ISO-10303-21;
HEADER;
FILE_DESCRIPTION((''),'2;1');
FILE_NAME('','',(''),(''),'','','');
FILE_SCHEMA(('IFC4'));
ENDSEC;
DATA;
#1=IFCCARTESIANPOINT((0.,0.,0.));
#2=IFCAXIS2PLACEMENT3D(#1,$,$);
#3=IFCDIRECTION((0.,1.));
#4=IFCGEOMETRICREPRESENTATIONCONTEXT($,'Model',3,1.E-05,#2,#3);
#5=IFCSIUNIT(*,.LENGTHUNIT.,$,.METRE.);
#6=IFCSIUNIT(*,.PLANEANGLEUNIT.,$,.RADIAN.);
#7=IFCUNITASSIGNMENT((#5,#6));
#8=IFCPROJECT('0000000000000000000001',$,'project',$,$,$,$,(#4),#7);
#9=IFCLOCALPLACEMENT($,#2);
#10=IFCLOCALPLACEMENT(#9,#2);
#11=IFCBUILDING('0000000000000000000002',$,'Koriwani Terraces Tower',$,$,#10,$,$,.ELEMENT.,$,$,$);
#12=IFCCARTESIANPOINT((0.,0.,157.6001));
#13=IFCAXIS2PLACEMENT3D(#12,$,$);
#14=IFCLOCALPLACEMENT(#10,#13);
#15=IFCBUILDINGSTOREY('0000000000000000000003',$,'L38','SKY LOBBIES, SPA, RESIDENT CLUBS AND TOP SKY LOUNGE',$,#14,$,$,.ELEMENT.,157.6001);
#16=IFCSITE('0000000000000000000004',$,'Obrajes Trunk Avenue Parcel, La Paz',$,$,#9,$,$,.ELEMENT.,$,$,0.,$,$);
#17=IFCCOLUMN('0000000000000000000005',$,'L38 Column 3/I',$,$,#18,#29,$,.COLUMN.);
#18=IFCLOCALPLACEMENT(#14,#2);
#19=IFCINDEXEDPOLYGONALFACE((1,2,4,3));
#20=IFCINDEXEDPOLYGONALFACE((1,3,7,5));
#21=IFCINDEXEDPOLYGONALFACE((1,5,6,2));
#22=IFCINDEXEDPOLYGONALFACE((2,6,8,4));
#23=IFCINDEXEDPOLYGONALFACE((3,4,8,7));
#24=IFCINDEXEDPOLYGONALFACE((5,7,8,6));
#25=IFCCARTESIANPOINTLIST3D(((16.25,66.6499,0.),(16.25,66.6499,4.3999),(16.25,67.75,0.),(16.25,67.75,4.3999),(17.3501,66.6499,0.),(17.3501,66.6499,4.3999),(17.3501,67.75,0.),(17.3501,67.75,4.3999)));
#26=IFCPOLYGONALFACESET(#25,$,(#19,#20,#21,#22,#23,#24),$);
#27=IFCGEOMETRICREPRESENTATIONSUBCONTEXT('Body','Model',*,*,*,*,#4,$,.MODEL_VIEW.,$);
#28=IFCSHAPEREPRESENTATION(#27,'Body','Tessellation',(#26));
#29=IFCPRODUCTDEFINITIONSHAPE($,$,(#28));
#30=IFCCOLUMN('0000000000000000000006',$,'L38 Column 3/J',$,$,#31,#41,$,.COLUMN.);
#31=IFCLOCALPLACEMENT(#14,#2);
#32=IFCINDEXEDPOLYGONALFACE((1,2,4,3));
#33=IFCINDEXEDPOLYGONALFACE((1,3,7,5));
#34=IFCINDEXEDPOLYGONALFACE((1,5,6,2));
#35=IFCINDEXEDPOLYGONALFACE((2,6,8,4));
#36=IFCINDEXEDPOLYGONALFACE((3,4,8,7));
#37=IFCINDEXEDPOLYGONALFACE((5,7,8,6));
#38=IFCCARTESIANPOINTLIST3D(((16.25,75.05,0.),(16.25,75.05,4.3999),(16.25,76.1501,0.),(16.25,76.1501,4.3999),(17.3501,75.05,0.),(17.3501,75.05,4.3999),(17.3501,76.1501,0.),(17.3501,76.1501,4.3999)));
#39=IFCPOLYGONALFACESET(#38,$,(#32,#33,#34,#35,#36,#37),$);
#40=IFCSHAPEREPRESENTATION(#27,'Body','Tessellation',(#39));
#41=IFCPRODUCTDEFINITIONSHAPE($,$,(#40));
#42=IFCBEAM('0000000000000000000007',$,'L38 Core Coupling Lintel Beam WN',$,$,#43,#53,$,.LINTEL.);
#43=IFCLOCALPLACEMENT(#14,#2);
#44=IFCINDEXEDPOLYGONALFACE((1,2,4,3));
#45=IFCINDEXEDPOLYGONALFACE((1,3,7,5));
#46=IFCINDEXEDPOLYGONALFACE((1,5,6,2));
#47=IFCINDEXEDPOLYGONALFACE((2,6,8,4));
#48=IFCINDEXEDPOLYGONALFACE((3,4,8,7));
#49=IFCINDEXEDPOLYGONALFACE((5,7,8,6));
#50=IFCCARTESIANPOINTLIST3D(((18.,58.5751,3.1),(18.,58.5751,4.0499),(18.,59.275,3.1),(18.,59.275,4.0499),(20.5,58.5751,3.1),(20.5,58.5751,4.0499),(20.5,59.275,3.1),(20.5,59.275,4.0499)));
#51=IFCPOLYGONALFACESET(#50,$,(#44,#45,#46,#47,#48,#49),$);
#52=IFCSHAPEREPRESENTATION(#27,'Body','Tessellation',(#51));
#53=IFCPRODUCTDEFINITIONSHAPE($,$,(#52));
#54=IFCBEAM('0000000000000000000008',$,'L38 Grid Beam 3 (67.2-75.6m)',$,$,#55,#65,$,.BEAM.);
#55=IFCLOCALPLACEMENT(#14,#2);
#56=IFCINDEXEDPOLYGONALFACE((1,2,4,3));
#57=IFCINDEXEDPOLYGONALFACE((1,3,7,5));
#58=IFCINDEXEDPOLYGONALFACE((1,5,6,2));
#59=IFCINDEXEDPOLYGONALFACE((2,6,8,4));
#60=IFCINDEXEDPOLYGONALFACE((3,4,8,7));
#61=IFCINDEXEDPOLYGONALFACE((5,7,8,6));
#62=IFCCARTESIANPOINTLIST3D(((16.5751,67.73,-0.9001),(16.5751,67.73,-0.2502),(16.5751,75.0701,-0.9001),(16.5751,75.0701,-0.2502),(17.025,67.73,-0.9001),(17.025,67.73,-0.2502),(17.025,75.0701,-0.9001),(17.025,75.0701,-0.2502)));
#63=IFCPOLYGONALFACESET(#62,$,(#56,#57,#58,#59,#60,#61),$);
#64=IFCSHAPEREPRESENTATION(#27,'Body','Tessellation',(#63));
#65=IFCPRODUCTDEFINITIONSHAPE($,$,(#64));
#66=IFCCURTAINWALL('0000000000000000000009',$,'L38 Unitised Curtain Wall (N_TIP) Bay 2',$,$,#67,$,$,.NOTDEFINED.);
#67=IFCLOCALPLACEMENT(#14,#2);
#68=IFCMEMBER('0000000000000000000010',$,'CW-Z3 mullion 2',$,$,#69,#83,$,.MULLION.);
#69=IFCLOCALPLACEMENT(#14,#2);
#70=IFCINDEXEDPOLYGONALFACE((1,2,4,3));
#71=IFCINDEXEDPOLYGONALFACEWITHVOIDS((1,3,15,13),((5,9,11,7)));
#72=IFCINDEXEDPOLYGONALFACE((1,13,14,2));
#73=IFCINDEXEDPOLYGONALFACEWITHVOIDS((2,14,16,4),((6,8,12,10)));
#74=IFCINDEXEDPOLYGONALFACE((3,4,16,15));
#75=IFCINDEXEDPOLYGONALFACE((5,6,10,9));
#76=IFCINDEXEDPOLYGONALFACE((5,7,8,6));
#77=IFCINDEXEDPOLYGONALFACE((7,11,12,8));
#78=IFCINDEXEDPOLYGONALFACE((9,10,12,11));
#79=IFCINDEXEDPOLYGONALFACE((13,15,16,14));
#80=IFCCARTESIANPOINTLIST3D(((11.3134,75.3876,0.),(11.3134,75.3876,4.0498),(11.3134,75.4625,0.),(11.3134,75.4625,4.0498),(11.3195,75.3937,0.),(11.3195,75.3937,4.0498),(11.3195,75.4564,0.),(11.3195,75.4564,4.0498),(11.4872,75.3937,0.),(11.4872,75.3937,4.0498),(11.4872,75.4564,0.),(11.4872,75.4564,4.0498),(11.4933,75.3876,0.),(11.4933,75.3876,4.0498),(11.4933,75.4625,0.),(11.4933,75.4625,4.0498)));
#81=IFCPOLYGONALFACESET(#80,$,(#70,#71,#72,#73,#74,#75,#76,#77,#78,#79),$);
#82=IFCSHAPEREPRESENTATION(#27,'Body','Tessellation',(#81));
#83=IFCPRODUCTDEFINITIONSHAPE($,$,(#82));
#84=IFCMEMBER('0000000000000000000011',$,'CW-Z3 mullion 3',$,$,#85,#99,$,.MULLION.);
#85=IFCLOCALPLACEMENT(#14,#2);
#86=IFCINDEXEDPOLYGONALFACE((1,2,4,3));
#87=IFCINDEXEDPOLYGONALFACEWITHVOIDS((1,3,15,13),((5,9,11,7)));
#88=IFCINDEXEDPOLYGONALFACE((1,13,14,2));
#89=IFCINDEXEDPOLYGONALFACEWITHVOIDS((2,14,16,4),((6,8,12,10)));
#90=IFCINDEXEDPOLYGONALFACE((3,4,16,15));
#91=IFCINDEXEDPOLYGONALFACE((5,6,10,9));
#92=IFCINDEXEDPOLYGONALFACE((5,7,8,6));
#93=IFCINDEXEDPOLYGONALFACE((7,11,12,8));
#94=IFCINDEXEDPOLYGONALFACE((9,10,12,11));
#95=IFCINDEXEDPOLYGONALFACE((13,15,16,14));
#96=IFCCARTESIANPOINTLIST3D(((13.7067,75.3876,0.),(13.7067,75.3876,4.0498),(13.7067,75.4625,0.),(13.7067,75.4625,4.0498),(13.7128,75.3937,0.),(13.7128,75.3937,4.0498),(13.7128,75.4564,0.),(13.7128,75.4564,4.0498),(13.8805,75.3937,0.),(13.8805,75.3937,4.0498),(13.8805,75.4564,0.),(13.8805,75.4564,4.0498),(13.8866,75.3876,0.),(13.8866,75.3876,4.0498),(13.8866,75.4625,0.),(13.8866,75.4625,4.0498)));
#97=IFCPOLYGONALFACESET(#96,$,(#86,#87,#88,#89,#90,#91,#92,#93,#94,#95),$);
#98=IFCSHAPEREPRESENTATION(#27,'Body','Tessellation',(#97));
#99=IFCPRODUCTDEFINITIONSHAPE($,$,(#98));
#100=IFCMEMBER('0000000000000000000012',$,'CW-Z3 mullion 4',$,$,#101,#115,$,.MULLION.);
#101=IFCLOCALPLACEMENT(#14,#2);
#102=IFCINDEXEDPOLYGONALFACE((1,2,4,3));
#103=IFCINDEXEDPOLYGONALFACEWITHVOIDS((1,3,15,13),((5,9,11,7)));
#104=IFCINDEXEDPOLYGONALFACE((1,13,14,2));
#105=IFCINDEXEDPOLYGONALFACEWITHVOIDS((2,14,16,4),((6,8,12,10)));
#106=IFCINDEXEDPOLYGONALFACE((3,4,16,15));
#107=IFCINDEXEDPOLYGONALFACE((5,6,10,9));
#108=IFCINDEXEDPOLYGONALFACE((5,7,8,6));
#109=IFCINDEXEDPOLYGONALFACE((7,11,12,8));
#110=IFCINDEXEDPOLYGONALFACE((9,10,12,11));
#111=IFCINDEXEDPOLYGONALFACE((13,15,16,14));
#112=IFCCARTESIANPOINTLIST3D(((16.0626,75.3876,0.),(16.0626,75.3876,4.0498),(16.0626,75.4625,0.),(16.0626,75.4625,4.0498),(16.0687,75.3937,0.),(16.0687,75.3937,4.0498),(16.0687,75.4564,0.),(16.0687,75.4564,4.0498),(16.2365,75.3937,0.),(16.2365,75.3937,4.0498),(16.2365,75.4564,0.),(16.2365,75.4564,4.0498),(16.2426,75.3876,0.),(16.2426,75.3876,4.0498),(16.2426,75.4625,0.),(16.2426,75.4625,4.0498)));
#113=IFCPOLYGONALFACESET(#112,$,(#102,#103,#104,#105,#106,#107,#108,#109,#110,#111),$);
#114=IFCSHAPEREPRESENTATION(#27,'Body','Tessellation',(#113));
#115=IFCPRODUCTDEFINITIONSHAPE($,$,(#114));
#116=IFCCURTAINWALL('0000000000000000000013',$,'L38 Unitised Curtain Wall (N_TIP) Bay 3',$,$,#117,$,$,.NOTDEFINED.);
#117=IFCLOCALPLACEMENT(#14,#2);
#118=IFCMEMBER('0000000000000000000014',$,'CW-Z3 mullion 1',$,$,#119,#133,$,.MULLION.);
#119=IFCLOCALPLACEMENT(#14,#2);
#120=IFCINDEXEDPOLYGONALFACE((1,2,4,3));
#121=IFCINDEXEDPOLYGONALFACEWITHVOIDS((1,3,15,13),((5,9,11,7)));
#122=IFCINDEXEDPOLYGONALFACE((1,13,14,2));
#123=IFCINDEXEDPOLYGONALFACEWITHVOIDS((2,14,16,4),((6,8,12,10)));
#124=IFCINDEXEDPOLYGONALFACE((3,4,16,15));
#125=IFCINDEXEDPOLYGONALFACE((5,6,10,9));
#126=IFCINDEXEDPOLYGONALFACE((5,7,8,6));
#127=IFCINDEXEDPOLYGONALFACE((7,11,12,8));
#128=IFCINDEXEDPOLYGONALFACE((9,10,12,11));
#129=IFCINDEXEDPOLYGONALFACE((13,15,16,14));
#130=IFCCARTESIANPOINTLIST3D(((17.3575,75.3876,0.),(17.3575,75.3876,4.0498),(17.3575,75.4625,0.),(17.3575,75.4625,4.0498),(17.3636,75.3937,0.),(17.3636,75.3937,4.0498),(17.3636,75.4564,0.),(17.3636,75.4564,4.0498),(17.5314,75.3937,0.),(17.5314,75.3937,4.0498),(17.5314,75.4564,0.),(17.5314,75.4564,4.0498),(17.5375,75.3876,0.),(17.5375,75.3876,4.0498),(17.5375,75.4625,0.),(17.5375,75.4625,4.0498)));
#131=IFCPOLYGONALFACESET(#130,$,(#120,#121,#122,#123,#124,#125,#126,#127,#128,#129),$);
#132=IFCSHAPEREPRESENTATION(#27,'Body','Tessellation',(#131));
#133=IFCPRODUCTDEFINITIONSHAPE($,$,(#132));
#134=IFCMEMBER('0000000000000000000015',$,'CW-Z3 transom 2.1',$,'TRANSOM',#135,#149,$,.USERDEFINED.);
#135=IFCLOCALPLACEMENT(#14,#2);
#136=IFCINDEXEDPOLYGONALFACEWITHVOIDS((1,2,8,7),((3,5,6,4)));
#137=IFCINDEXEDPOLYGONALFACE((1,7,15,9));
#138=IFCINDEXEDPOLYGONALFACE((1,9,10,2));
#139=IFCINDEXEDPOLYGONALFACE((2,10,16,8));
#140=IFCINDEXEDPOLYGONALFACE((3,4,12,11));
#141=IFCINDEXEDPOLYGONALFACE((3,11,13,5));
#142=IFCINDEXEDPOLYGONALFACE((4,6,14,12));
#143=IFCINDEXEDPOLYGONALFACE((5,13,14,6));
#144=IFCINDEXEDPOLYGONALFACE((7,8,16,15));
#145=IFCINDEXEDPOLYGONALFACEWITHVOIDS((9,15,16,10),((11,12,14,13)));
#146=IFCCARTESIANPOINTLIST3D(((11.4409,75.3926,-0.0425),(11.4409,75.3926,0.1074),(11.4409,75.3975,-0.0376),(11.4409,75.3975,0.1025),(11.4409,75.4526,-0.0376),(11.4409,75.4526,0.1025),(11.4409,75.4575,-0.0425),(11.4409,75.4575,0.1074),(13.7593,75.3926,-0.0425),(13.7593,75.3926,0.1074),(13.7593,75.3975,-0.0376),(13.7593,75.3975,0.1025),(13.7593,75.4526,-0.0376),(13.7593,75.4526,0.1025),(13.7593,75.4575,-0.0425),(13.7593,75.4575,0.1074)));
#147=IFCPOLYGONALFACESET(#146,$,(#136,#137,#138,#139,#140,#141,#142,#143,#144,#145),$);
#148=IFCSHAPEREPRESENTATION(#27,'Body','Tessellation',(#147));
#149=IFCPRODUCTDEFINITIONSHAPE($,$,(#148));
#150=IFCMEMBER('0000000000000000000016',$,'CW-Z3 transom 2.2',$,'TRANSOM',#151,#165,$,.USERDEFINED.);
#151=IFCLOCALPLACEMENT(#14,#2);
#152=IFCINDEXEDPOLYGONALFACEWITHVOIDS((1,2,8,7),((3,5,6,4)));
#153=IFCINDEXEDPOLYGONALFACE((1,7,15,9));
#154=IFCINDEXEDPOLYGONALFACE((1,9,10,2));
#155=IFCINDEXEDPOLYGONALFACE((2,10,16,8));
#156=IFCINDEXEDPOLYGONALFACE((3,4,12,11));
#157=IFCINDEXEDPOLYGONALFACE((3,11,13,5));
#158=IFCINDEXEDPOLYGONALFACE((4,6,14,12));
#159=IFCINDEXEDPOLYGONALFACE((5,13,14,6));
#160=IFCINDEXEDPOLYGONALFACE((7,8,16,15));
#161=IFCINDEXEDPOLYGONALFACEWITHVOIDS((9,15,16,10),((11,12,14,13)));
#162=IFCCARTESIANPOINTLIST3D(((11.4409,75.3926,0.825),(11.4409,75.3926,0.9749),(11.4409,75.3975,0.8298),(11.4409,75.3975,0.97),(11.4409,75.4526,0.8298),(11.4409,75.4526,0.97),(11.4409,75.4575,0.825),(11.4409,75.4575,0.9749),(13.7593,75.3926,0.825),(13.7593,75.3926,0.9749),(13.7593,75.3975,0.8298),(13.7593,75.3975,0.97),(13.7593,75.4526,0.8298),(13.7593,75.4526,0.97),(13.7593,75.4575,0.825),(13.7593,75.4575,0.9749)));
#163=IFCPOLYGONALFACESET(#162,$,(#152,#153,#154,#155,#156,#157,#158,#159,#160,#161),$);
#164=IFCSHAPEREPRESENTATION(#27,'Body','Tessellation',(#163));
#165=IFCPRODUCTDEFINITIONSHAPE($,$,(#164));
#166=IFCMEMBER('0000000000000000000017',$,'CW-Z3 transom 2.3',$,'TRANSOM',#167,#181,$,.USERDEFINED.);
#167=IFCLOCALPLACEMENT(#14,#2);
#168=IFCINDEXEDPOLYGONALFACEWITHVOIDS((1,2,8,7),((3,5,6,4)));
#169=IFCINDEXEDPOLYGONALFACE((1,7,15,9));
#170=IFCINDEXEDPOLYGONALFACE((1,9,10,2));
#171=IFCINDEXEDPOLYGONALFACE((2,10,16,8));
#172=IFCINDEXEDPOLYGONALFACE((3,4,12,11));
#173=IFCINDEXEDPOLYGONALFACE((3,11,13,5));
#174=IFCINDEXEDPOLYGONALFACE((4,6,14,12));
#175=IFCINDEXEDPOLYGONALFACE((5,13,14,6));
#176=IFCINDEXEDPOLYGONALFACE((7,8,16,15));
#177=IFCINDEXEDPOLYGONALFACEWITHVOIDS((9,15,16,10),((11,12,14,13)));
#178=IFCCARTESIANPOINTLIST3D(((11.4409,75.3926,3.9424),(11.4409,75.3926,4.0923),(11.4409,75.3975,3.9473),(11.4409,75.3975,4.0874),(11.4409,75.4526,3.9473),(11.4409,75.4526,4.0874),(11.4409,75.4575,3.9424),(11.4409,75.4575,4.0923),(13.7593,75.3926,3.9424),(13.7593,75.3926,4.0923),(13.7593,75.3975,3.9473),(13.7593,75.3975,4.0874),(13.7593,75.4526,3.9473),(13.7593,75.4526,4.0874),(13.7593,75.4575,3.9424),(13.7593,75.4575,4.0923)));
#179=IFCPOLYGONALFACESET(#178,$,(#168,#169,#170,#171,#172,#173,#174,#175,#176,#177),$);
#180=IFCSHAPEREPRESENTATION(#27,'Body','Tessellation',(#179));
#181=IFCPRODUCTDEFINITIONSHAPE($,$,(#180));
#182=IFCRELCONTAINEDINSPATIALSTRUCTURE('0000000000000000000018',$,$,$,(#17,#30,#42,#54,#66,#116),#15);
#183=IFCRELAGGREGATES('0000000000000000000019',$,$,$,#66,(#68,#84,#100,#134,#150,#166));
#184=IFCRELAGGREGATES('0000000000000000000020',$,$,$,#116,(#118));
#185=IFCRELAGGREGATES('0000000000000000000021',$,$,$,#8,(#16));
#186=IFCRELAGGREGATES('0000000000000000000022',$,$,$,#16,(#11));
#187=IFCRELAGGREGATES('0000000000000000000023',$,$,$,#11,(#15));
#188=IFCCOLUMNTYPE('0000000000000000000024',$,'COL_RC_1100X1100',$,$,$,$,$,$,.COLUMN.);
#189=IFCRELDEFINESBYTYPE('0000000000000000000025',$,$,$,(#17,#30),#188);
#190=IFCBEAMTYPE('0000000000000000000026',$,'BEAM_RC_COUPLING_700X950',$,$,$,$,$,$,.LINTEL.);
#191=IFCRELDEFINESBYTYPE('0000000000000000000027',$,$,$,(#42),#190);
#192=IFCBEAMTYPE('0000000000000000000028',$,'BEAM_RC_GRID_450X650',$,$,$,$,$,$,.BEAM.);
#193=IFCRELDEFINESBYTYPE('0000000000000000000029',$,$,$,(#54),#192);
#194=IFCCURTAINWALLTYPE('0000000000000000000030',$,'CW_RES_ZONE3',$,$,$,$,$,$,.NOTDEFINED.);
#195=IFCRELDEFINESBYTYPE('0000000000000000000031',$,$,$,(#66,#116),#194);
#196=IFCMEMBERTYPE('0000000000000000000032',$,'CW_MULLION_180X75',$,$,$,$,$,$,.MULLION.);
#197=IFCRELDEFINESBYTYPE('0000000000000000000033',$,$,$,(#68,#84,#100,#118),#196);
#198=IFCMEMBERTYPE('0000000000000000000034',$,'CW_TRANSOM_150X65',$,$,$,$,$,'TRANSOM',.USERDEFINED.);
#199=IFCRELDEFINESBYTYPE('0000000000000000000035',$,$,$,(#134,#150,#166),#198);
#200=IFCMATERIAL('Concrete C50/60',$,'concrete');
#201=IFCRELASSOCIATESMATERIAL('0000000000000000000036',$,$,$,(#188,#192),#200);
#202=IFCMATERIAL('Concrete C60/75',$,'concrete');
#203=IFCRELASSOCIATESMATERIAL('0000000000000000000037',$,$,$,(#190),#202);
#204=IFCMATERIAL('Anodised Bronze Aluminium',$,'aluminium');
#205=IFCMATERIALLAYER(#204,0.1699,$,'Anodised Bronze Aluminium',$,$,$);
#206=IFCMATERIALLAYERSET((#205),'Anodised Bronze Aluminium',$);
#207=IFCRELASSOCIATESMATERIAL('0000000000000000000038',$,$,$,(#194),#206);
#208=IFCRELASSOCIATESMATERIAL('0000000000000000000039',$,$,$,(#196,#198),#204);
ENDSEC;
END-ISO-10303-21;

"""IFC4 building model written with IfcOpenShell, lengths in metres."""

from ifc_helpers import new_model, si_unit, direction, frame, origin, origin_2d, place, context, subcontext, project, spatial, rectangle, hollow_rectangle, extrude, material, layer, layer_set, material_profile, profile_set, type_object, element, aggregate, save


model = new_model("IFC4")

# Units and contexts
model_context = context("Model", 3, precision=1e-05, world=origin(), true_north=direction((0.0, 1.0)))
body_context = subcontext(model_context, "Body", "Model", "MODEL_VIEW")
ifc_project = project(units=[si_unit("LENGTHUNIT", "METRE"), si_unit("PLANEANGLEUNIT", "RADIAN")], contexts=[model_context])

# Site, building, storey
site_placement = place(None, origin())
site = spatial("IfcSite", under=ifc_project, at=site_placement, Name="Obrajes Trunk Avenue Parcel, La Paz", CompositionType="ELEMENT", RefElevation=0.0)
building_placement = place(site_placement, origin())
building = spatial("IfcBuilding", under=site, at=building_placement, Name="Koriwani Terraces Tower", CompositionType="ELEMENT")
storey_placement = place(building_placement, frame((0.0, 0.0, 157.6001)))
storey = spatial("IfcBuildingStorey", under=building, at=storey_placement, Name="L38", Description="SKY LOBBIES, SPA, RESIDENT CLUBS AND TOP SKY LOUNGE", CompositionType="ELEMENT", Elevation=157.6001)

# Columns
ifc_material_1 = material(Name="Concrete C50/60", Category="concrete")
ifc_material_profile_1 = material_profile(ifc_material_1, rectangle(XDim=1.1001, YDim=1.1001, at=origin_2d()), Name="Concrete C50/60", Category="LoadBearing")
ifc_profile_set_1 = profile_set([ifc_material_profile_1], Name="Concrete C50/60")
column_type = type_object("IfcColumnType", Name="COL_RC_1100X1100", PredefinedType="COLUMN", material=ifc_profile_set_1)
for number, where, z_axis, x_axis, name in (
    (1, (16.8, 67.2, 0.0), (0.0, 0.0, 1.0), (1.0, 0.0, 0.0), "L38 Column 3/I"),
    (2, (16.8, 75.6001, 0.0), (0.0, 0.0, 1.0), (1.0, 0.0, 0.0), "L38 Column 3/J"),
):
    element("IfcColumn", number, at=place(storey_placement, frame(where, z_axis=z_axis, x_axis=x_axis)), inside=storey, type_object=column_type, Name=name, PredefinedType="COLUMN", context=body_context, shape_type="SweptSolid", body=[
        extrude(rectangle(XDim=1.1001, YDim=1.1001, at=origin_2d()), origin(), (0.0, 0.0, 1.0), 4.3999),
    ])

# Beams
ifc_material_2 = material(Name="Concrete C60/75", Category="concrete")
ifc_material_profile_2 = material_profile(ifc_material_2, rectangle(XDim=0.7, YDim=0.95, at=origin_2d()), Name="Concrete C60/75", Category="LoadBearing")
ifc_profile_set_2 = profile_set([ifc_material_profile_2], Name="Concrete C60/75")
beam_type_1 = type_object("IfcBeamType", Name="BEAM_RC_COUPLING_700X950", PredefinedType="LINTEL", material=ifc_profile_set_2)
beam_1_placement = place(storey_placement, frame((18.0, 58.925, 3.575), z_axis=(1.0, 0.0, 0.0), x_axis=(0.0, 1.0, 0.0)))
element("IfcBeam", 3, at=beam_1_placement, inside=storey, type_object=beam_type_1, Name="L38 Core Coupling Lintel Beam WN", PredefinedType="LINTEL", context=body_context, shape_type="SweptSolid", body=[
    extrude(rectangle(XDim=0.7, YDim=0.95, at=origin_2d()), origin(), (0.0, 0.0, 1.0), 2.5),
])
ifc_material_profile_3 = material_profile(ifc_material_1, rectangle(XDim=0.45, YDim=0.6499, at=origin_2d()), Name="Concrete C50/60", Category="LoadBearing")
ifc_profile_set_3 = profile_set([ifc_material_profile_3], Name="Concrete C50/60")
beam_type_2 = type_object("IfcBeamType", Name="BEAM_RC_GRID_450X650", PredefinedType="BEAM", material=ifc_profile_set_3)
beam_2_placement = place(storey_placement, frame((16.8, 67.73, -0.5752), z_axis=(0.0, 1.0, 0.0), x_axis=(-1.0, 0.0, 0.0)))
element("IfcBeam", 4, at=beam_2_placement, inside=storey, type_object=beam_type_2, Name="L38 Grid Beam 3 (67.2-75.6m)", PredefinedType="BEAM", context=body_context, shape_type="SweptSolid", body=[
    extrude(rectangle(XDim=0.45, YDim=0.6499, at=origin_2d()), origin(), (0.0, 0.0, 1.0), 7.3401),
])

# Curtain wall, members
ifc_material_3 = material(Name="Anodised Bronze Aluminium", Category="aluminium")
ifc_layer_1 = layer(ifc_material_3, 0.1699, Name="Anodised Bronze Aluminium")
ifc_layer_set_1 = layer_set([ifc_layer_1], Name="Anodised Bronze Aluminium")
curtain_wall_type = type_object("IfcCurtainWallType", Name="CW_RES_ZONE3", PredefinedType="NOTDEFINED", material=ifc_layer_set_1)
curtain_wall_1_placement = place(storey_placement, origin())
curtain_wall_1 = element("IfcCurtainWall", 5, at=curtain_wall_1_placement, inside=storey, type_object=curtain_wall_type, Name="L38 Unitised Curtain Wall (N_TIP) Bay 2", PredefinedType="NOTDEFINED")
ifc_material_profile_4 = material_profile(ifc_material_3, hollow_rectangle(XDim=0.075, YDim=0.1799, WallThickness=0.0061, at=origin_2d()), Name="Anodised Bronze Aluminium", Category="LoadBearing")
ifc_profile_set_4 = profile_set([ifc_material_profile_4], Name="Anodised Bronze Aluminium")
member_type_1 = type_object("IfcMemberType", Name="CW_MULLION_180X75", PredefinedType="MULLION", material=ifc_profile_set_4)
member_1_placement = place(storey_placement, frame((11.4033, 75.425, 0.0), z_axis=(0.0, 0.0, 1.0), x_axis=(0.0, 1.0, 0.0)))
member_1 = element("IfcMember", 6, at=member_1_placement, type_object=member_type_1, Name="CW-Z3 mullion 2", PredefinedType="MULLION", context=body_context, shape_type="SweptSolid", body=[
    extrude(hollow_rectangle(XDim=0.075, YDim=0.1799, WallThickness=0.0061, at=origin_2d()), origin(), (0.0, 0.0, 1.0), 4.0498),
])
member_2_placement = place(storey_placement, frame((13.7966, 75.425, 0.0), z_axis=(0.0, 0.0, 1.0), x_axis=(0.0, 1.0, 0.0)))
member_2 = element("IfcMember", 7, at=member_2_placement, type_object=member_type_1, Name="CW-Z3 mullion 3", PredefinedType="MULLION", context=body_context, shape_type="SweptSolid", body=[
    extrude(hollow_rectangle(XDim=0.075, YDim=0.1799, WallThickness=0.0061, at=origin_2d()), origin(), (0.0, 0.0, 1.0), 4.0498),
])
member_3_placement = place(storey_placement, frame((16.1526, 75.425, 0.0), z_axis=(0.0, 0.0, 1.0), x_axis=(0.0, 1.0, 0.0)))
member_3 = element("IfcMember", 8, at=member_3_placement, type_object=member_type_1, Name="CW-Z3 mullion 4", PredefinedType="MULLION", context=body_context, shape_type="SweptSolid", body=[
    extrude(hollow_rectangle(XDim=0.075, YDim=0.1799, WallThickness=0.0061, at=origin_2d()), origin(), (0.0, 0.0, 1.0), 4.0498),
])

# Curtain wall, member
curtain_wall_2_placement = place(storey_placement, origin())
curtain_wall_2 = element("IfcCurtainWall", 9, at=curtain_wall_2_placement, inside=storey, type_object=curtain_wall_type, Name="L38 Unitised Curtain Wall (N_TIP) Bay 3", PredefinedType="NOTDEFINED")
member_4_placement = place(storey_placement, frame((17.4475, 75.425, 0.0), z_axis=(0.0, 0.0, 1.0), x_axis=(0.0, 1.0, 0.0)))
member_4 = element("IfcMember", 10, at=member_4_placement, type_object=member_type_1, Name="CW-Z3 mullion 1", PredefinedType="MULLION", context=body_context, shape_type="SweptSolid", body=[
    extrude(hollow_rectangle(XDim=0.075, YDim=0.1799, WallThickness=0.0061, at=origin_2d()), origin(), (0.0, 0.0, 1.0), 4.0498),
])

# Members
ifc_material_profile_5 = material_profile(ifc_material_3, hollow_rectangle(XDim=0.0649, YDim=0.1499, WallThickness=0.0049, at=origin_2d()), Name="Anodised Bronze Aluminium", Category="LoadBearing")
ifc_profile_set_5 = profile_set([ifc_material_profile_5], Name="Anodised Bronze Aluminium")
member_type_2 = type_object("IfcMemberType", Name="CW_TRANSOM_150X65", ElementType="TRANSOM", PredefinedType="USERDEFINED", material=ifc_profile_set_5)
member_5_placement = place(storey_placement, frame((11.4409, 75.425, 0.0325), z_axis=(1.0, 0.0, 0.0), x_axis=(0.0, 1.0, 0.0)))
member_5 = element("IfcMember", 11, at=member_5_placement, type_object=member_type_2, Name="CW-Z3 transom 2.1", ObjectType="TRANSOM", PredefinedType="USERDEFINED", context=body_context, shape_type="SweptSolid", body=[
    extrude(hollow_rectangle(XDim=0.0649, YDim=0.1499, WallThickness=0.0049, at=origin_2d()), origin(), (0.0, 0.0, 1.0), 2.3184),
])
member_6_placement = place(storey_placement, frame((11.4409, 75.425, 0.8999), z_axis=(1.0, 0.0, 0.0), x_axis=(0.0, 1.0, 0.0)))
member_6 = element("IfcMember", 12, at=member_6_placement, type_object=member_type_2, Name="CW-Z3 transom 2.2", ObjectType="TRANSOM", PredefinedType="USERDEFINED", context=body_context, shape_type="SweptSolid", body=[
    extrude(hollow_rectangle(XDim=0.0649, YDim=0.1499, WallThickness=0.0049, at=origin_2d()), origin(), (0.0, 0.0, 1.0), 2.3184),
])
member_7_placement = place(storey_placement, frame((11.4409, 75.425, 4.0173), z_axis=(1.0, 0.0, 0.0), x_axis=(0.0, 1.0, 0.0)))
member_7 = element("IfcMember", 13, at=member_7_placement, type_object=member_type_2, Name="CW-Z3 transom 2.3", ObjectType="TRANSOM", PredefinedType="USERDEFINED", context=body_context, shape_type="SweptSolid", body=[
    extrude(hollow_rectangle(XDim=0.0649, YDim=0.1499, WallThickness=0.0049, at=origin_2d()), origin(), (0.0, 0.0, 1.0), 2.3184),
])

aggregate(curtain_wall_1, [member_1, member_2, member_3, member_5, member_6, member_7])
aggregate(curtain_wall_2, [member_4])

save(model, "model.ifc")
